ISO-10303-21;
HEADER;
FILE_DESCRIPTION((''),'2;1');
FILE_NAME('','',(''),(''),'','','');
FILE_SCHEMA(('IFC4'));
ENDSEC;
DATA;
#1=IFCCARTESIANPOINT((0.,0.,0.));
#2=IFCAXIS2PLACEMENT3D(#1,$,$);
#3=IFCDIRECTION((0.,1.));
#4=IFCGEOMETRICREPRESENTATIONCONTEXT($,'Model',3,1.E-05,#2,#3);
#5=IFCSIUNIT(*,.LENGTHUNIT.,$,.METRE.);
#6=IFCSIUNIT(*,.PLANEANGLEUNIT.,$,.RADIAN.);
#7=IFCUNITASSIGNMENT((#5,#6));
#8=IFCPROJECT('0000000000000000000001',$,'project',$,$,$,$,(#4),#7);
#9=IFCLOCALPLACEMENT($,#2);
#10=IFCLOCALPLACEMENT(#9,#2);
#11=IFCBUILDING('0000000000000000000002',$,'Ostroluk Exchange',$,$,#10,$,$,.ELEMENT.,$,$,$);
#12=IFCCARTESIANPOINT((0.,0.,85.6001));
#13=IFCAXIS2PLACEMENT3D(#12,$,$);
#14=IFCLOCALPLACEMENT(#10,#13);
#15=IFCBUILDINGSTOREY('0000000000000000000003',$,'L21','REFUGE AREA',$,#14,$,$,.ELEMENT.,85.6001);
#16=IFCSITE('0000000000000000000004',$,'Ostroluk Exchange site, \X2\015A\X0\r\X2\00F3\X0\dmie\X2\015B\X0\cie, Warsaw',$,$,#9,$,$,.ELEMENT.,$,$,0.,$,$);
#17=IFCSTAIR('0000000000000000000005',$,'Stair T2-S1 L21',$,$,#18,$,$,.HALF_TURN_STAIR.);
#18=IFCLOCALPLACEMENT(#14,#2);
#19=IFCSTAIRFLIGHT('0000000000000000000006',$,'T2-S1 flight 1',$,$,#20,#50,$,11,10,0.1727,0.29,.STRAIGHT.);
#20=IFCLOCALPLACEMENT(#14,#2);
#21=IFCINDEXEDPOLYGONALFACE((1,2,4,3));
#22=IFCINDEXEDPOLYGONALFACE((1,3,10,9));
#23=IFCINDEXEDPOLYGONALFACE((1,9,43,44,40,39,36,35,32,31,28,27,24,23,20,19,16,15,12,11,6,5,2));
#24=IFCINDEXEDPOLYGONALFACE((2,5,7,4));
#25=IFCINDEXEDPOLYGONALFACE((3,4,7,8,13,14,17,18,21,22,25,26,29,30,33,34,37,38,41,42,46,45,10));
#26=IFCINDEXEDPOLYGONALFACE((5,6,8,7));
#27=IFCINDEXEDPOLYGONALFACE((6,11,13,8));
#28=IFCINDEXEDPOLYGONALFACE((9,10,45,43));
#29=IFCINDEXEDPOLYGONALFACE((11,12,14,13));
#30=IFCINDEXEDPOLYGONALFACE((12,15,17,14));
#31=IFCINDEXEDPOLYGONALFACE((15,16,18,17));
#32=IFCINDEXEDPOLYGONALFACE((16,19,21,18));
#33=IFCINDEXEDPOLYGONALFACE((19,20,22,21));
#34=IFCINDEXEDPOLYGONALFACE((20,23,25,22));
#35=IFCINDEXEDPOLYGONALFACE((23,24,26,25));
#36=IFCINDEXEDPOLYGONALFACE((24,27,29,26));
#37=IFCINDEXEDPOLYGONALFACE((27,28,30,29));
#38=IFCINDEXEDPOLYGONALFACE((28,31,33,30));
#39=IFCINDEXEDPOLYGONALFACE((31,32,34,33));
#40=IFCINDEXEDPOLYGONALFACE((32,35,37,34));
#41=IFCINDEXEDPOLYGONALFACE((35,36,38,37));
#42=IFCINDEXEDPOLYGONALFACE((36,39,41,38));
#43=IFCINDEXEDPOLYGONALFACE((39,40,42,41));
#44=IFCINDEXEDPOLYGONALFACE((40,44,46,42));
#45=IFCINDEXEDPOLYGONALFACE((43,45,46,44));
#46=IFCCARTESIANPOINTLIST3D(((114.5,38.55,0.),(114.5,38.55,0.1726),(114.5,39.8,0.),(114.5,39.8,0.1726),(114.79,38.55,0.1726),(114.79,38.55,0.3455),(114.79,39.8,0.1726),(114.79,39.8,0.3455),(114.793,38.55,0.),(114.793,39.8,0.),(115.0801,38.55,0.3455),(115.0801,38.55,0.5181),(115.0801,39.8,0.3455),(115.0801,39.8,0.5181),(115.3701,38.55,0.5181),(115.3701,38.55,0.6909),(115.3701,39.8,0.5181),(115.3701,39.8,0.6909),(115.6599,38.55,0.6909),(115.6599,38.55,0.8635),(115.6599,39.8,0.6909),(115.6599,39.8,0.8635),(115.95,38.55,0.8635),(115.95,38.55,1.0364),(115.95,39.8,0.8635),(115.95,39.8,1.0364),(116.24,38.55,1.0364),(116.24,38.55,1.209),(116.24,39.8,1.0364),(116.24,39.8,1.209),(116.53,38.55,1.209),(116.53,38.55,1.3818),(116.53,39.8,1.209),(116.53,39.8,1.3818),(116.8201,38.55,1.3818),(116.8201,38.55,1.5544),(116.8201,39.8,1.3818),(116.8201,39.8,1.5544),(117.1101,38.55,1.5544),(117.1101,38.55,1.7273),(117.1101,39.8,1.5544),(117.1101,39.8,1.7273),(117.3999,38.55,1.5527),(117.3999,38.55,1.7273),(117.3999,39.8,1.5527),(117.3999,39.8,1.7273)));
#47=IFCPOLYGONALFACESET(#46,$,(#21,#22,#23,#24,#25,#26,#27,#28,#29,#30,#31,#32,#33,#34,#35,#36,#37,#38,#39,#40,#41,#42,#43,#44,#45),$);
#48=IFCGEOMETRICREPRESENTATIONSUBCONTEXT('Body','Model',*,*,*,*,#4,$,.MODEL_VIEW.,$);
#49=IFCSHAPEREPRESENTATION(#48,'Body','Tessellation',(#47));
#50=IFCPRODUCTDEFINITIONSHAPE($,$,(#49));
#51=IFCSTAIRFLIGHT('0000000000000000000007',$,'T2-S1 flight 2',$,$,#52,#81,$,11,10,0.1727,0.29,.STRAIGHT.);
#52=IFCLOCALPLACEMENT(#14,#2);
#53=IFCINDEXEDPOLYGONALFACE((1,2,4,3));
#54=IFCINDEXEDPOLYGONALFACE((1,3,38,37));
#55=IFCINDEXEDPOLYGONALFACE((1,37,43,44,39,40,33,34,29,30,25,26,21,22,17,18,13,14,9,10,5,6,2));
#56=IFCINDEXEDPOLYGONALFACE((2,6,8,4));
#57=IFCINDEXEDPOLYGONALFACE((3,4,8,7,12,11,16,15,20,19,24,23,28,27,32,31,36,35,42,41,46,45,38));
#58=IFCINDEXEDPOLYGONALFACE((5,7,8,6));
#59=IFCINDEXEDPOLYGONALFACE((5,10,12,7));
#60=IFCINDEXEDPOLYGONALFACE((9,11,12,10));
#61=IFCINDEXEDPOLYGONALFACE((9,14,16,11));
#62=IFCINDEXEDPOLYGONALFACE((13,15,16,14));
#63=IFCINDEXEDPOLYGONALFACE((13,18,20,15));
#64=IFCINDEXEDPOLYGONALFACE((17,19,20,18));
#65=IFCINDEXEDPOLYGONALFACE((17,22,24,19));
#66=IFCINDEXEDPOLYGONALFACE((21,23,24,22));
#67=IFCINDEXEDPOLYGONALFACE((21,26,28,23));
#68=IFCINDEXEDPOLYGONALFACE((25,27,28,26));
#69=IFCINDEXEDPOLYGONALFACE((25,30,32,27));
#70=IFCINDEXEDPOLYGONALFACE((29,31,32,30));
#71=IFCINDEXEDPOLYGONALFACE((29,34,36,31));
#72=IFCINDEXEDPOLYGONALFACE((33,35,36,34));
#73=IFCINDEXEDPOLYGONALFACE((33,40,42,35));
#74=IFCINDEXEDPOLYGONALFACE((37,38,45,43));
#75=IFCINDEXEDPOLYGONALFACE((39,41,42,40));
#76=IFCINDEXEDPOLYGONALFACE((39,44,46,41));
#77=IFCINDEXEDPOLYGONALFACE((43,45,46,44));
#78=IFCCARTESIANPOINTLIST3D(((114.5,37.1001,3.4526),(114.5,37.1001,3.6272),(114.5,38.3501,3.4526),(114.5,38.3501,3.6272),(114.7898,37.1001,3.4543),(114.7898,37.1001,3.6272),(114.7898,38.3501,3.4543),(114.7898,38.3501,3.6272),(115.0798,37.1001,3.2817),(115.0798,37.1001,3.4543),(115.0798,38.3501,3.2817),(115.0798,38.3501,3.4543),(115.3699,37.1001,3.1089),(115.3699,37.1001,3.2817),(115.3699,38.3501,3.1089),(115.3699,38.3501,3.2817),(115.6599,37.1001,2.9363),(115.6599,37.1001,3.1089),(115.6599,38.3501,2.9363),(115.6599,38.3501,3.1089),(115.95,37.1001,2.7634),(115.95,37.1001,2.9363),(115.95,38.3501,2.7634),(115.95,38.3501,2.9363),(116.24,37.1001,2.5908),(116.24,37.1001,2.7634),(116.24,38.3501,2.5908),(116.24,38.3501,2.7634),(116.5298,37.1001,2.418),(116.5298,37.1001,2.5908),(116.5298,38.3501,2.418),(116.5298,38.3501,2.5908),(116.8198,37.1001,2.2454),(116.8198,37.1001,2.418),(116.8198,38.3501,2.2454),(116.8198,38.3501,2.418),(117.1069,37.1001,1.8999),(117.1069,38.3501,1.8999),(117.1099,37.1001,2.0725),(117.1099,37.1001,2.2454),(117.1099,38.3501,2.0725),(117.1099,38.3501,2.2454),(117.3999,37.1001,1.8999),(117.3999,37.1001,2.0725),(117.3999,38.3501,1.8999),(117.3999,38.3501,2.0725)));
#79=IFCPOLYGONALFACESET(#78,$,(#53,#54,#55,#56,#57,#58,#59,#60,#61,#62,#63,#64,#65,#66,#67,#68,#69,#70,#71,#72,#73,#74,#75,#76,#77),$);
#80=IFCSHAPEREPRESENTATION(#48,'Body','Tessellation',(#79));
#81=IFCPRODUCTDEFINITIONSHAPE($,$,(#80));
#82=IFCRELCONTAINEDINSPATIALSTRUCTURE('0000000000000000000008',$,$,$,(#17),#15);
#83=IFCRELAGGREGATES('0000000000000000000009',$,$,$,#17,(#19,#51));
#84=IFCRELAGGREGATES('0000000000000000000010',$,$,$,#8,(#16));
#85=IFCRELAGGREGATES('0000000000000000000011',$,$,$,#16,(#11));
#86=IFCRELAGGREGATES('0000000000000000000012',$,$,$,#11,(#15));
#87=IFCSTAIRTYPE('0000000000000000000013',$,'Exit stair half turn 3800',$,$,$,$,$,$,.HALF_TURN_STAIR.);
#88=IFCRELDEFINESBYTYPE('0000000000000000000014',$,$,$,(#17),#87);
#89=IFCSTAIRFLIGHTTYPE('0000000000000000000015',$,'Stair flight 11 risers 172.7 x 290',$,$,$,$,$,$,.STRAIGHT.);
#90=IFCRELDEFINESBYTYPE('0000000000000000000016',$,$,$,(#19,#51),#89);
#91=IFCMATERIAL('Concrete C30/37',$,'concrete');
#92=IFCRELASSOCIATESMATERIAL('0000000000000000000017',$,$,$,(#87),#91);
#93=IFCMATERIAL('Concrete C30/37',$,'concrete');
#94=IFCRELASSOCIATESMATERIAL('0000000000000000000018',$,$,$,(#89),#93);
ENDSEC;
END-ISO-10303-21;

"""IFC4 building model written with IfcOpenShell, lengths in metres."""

from ifc_helpers import new_model, si_unit, direction, frame, origin, place, context, subcontext, project, spatial, polyline, outline, extrude, material, type_object, element, aggregate, save


model = new_model("IFC4")

# Units and contexts
model_context = context("Model", 3, precision=1e-05, world=origin(), true_north=direction((0.0, 1.0)))
body_context = subcontext(model_context, "Body", "Model", "MODEL_VIEW")
ifc_project = project(units=[si_unit("LENGTHUNIT", "METRE"), si_unit("PLANEANGLEUNIT", "RADIAN")], contexts=[model_context])

# Site, building, storey
site_placement = place(None, origin())
site = spatial("IfcSite", under=ifc_project, at=site_placement, Name="Ostroluk Exchange site, Śródmieście, Warsaw", CompositionType="ELEMENT", RefElevation=0.0)
building_placement = place(site_placement, origin())
building = spatial("IfcBuilding", under=site, at=building_placement, Name="Ostroluk Exchange", CompositionType="ELEMENT")
storey_placement = place(building_placement, frame((0.0, 0.0, 85.6001)))
storey = spatial("IfcBuildingStorey", under=building, at=storey_placement, Name="L21", Description="REFUGE AREA", CompositionType="ELEMENT", Elevation=85.6001)

# Stair, stair flights
ifc_material_1 = material(Name="Concrete C30/37", Category="concrete")
stair_type = type_object("IfcStairType", Name="Exit stair half turn 3800", PredefinedType="HALF_TURN_STAIR", material=ifc_material_1)
stair_placement = place(storey_placement, origin())
stair = element("IfcStair", 1, at=stair_placement, inside=storey, type_object=stair_type, Name="Stair T2-S1 L21", PredefinedType="HALF_TURN_STAIR")
ifc_material_2 = material(Name="Concrete C30/37", Category="concrete")
stair_flight_type = type_object("IfcStairFlightType", Name="Stair flight 11 risers 172.7 x 290", PredefinedType="STRAIGHT", material=ifc_material_2)
stair_flight_1_placement = place(storey_placement, frame((114.5, 39.175, 0.0), z_axis=(0.0, 0.0, 1.0), x_axis=(1.0, 0.0, 0.0)))
stair_flight_1 = element("IfcStairFlight", 2, at=stair_flight_1_placement, type_object=stair_flight_type, Name="T2-S1 flight 1", NumberOfRisers=11, NumberOfTreads=10, PredefinedType="STRAIGHT", RiserHeight=0.1727, TreadLength=0.29, context=body_context, shape_type="SweptSolid", body=[
    extrude(outline(polyline([(0.0, 0.0), (0.0, 0.1726), (0.29, 0.1726), (0.29, 0.3455), (0.5801, 0.3455), (0.5801, 0.5181), (0.8701, 0.5181), (0.8701, 0.6909), (1.1599, 0.6909), (1.1599, 0.8635), (1.45, 0.8635), (1.45, 1.0364), (1.74, 1.0364), (1.74, 1.209), (2.03, 1.209), (2.03, 1.3818), (2.3201, 1.3818), (2.3201, 1.5544), (2.6101, 1.5544), (2.6101, 1.7273), (2.8999, 1.7273), (2.8999, 1.8999), (2.8999, 1.5527), (0.293, 0.0), (0.0, 0.0)])), frame((0.0, 0.625, 0.0), z_axis=(0.0, -1.0, 0.0), x_axis=(1.0, 0.0, 0.0)), (0.0, 0.0, 1.0), 1.25),
])
stair_flight_2_placement = place(storey_placement, frame((117.3999, 37.7251, 1.8999), z_axis=(0.0, 0.0, 1.0), x_axis=(-1.0, 0.0, 0.0)))
stair_flight_2 = element("IfcStairFlight", 3, at=stair_flight_2_placement, type_object=stair_flight_type, Name="T2-S1 flight 2", NumberOfRisers=11, NumberOfTreads=10, PredefinedType="STRAIGHT", RiserHeight=0.1727, TreadLength=0.29, context=body_context, shape_type="SweptSolid", body=[
    extrude(outline(polyline([(0.0, 0.0), (0.0, 0.1726), (0.29, 0.1726), (0.29, 0.3455), (0.5801, 0.3455), (0.5801, 0.5181), (0.8701, 0.5181), (0.8701, 0.6909), (1.1599, 0.6909), (1.1599, 0.8635), (1.45, 0.8635), (1.45, 1.0364), (1.74, 1.0364), (1.74, 1.209), (2.03, 1.209), (2.03, 1.3818), (2.3201, 1.3818), (2.3201, 1.5544), (2.6101, 1.5544), (2.6101, 1.7273), (2.8999, 1.7273), (2.8999, 1.8999), (2.8999, 1.5527), (0.293, 0.0), (0.0, 0.0)])), frame((0.0, 0.625, 0.0), z_axis=(0.0, -1.0, 0.0), x_axis=(1.0, 0.0, 0.0)), (0.0, 0.0, 1.0), 1.25),
])
aggregate(stair, [stair_flight_1, stair_flight_2])

save(model, "model.ifc")
